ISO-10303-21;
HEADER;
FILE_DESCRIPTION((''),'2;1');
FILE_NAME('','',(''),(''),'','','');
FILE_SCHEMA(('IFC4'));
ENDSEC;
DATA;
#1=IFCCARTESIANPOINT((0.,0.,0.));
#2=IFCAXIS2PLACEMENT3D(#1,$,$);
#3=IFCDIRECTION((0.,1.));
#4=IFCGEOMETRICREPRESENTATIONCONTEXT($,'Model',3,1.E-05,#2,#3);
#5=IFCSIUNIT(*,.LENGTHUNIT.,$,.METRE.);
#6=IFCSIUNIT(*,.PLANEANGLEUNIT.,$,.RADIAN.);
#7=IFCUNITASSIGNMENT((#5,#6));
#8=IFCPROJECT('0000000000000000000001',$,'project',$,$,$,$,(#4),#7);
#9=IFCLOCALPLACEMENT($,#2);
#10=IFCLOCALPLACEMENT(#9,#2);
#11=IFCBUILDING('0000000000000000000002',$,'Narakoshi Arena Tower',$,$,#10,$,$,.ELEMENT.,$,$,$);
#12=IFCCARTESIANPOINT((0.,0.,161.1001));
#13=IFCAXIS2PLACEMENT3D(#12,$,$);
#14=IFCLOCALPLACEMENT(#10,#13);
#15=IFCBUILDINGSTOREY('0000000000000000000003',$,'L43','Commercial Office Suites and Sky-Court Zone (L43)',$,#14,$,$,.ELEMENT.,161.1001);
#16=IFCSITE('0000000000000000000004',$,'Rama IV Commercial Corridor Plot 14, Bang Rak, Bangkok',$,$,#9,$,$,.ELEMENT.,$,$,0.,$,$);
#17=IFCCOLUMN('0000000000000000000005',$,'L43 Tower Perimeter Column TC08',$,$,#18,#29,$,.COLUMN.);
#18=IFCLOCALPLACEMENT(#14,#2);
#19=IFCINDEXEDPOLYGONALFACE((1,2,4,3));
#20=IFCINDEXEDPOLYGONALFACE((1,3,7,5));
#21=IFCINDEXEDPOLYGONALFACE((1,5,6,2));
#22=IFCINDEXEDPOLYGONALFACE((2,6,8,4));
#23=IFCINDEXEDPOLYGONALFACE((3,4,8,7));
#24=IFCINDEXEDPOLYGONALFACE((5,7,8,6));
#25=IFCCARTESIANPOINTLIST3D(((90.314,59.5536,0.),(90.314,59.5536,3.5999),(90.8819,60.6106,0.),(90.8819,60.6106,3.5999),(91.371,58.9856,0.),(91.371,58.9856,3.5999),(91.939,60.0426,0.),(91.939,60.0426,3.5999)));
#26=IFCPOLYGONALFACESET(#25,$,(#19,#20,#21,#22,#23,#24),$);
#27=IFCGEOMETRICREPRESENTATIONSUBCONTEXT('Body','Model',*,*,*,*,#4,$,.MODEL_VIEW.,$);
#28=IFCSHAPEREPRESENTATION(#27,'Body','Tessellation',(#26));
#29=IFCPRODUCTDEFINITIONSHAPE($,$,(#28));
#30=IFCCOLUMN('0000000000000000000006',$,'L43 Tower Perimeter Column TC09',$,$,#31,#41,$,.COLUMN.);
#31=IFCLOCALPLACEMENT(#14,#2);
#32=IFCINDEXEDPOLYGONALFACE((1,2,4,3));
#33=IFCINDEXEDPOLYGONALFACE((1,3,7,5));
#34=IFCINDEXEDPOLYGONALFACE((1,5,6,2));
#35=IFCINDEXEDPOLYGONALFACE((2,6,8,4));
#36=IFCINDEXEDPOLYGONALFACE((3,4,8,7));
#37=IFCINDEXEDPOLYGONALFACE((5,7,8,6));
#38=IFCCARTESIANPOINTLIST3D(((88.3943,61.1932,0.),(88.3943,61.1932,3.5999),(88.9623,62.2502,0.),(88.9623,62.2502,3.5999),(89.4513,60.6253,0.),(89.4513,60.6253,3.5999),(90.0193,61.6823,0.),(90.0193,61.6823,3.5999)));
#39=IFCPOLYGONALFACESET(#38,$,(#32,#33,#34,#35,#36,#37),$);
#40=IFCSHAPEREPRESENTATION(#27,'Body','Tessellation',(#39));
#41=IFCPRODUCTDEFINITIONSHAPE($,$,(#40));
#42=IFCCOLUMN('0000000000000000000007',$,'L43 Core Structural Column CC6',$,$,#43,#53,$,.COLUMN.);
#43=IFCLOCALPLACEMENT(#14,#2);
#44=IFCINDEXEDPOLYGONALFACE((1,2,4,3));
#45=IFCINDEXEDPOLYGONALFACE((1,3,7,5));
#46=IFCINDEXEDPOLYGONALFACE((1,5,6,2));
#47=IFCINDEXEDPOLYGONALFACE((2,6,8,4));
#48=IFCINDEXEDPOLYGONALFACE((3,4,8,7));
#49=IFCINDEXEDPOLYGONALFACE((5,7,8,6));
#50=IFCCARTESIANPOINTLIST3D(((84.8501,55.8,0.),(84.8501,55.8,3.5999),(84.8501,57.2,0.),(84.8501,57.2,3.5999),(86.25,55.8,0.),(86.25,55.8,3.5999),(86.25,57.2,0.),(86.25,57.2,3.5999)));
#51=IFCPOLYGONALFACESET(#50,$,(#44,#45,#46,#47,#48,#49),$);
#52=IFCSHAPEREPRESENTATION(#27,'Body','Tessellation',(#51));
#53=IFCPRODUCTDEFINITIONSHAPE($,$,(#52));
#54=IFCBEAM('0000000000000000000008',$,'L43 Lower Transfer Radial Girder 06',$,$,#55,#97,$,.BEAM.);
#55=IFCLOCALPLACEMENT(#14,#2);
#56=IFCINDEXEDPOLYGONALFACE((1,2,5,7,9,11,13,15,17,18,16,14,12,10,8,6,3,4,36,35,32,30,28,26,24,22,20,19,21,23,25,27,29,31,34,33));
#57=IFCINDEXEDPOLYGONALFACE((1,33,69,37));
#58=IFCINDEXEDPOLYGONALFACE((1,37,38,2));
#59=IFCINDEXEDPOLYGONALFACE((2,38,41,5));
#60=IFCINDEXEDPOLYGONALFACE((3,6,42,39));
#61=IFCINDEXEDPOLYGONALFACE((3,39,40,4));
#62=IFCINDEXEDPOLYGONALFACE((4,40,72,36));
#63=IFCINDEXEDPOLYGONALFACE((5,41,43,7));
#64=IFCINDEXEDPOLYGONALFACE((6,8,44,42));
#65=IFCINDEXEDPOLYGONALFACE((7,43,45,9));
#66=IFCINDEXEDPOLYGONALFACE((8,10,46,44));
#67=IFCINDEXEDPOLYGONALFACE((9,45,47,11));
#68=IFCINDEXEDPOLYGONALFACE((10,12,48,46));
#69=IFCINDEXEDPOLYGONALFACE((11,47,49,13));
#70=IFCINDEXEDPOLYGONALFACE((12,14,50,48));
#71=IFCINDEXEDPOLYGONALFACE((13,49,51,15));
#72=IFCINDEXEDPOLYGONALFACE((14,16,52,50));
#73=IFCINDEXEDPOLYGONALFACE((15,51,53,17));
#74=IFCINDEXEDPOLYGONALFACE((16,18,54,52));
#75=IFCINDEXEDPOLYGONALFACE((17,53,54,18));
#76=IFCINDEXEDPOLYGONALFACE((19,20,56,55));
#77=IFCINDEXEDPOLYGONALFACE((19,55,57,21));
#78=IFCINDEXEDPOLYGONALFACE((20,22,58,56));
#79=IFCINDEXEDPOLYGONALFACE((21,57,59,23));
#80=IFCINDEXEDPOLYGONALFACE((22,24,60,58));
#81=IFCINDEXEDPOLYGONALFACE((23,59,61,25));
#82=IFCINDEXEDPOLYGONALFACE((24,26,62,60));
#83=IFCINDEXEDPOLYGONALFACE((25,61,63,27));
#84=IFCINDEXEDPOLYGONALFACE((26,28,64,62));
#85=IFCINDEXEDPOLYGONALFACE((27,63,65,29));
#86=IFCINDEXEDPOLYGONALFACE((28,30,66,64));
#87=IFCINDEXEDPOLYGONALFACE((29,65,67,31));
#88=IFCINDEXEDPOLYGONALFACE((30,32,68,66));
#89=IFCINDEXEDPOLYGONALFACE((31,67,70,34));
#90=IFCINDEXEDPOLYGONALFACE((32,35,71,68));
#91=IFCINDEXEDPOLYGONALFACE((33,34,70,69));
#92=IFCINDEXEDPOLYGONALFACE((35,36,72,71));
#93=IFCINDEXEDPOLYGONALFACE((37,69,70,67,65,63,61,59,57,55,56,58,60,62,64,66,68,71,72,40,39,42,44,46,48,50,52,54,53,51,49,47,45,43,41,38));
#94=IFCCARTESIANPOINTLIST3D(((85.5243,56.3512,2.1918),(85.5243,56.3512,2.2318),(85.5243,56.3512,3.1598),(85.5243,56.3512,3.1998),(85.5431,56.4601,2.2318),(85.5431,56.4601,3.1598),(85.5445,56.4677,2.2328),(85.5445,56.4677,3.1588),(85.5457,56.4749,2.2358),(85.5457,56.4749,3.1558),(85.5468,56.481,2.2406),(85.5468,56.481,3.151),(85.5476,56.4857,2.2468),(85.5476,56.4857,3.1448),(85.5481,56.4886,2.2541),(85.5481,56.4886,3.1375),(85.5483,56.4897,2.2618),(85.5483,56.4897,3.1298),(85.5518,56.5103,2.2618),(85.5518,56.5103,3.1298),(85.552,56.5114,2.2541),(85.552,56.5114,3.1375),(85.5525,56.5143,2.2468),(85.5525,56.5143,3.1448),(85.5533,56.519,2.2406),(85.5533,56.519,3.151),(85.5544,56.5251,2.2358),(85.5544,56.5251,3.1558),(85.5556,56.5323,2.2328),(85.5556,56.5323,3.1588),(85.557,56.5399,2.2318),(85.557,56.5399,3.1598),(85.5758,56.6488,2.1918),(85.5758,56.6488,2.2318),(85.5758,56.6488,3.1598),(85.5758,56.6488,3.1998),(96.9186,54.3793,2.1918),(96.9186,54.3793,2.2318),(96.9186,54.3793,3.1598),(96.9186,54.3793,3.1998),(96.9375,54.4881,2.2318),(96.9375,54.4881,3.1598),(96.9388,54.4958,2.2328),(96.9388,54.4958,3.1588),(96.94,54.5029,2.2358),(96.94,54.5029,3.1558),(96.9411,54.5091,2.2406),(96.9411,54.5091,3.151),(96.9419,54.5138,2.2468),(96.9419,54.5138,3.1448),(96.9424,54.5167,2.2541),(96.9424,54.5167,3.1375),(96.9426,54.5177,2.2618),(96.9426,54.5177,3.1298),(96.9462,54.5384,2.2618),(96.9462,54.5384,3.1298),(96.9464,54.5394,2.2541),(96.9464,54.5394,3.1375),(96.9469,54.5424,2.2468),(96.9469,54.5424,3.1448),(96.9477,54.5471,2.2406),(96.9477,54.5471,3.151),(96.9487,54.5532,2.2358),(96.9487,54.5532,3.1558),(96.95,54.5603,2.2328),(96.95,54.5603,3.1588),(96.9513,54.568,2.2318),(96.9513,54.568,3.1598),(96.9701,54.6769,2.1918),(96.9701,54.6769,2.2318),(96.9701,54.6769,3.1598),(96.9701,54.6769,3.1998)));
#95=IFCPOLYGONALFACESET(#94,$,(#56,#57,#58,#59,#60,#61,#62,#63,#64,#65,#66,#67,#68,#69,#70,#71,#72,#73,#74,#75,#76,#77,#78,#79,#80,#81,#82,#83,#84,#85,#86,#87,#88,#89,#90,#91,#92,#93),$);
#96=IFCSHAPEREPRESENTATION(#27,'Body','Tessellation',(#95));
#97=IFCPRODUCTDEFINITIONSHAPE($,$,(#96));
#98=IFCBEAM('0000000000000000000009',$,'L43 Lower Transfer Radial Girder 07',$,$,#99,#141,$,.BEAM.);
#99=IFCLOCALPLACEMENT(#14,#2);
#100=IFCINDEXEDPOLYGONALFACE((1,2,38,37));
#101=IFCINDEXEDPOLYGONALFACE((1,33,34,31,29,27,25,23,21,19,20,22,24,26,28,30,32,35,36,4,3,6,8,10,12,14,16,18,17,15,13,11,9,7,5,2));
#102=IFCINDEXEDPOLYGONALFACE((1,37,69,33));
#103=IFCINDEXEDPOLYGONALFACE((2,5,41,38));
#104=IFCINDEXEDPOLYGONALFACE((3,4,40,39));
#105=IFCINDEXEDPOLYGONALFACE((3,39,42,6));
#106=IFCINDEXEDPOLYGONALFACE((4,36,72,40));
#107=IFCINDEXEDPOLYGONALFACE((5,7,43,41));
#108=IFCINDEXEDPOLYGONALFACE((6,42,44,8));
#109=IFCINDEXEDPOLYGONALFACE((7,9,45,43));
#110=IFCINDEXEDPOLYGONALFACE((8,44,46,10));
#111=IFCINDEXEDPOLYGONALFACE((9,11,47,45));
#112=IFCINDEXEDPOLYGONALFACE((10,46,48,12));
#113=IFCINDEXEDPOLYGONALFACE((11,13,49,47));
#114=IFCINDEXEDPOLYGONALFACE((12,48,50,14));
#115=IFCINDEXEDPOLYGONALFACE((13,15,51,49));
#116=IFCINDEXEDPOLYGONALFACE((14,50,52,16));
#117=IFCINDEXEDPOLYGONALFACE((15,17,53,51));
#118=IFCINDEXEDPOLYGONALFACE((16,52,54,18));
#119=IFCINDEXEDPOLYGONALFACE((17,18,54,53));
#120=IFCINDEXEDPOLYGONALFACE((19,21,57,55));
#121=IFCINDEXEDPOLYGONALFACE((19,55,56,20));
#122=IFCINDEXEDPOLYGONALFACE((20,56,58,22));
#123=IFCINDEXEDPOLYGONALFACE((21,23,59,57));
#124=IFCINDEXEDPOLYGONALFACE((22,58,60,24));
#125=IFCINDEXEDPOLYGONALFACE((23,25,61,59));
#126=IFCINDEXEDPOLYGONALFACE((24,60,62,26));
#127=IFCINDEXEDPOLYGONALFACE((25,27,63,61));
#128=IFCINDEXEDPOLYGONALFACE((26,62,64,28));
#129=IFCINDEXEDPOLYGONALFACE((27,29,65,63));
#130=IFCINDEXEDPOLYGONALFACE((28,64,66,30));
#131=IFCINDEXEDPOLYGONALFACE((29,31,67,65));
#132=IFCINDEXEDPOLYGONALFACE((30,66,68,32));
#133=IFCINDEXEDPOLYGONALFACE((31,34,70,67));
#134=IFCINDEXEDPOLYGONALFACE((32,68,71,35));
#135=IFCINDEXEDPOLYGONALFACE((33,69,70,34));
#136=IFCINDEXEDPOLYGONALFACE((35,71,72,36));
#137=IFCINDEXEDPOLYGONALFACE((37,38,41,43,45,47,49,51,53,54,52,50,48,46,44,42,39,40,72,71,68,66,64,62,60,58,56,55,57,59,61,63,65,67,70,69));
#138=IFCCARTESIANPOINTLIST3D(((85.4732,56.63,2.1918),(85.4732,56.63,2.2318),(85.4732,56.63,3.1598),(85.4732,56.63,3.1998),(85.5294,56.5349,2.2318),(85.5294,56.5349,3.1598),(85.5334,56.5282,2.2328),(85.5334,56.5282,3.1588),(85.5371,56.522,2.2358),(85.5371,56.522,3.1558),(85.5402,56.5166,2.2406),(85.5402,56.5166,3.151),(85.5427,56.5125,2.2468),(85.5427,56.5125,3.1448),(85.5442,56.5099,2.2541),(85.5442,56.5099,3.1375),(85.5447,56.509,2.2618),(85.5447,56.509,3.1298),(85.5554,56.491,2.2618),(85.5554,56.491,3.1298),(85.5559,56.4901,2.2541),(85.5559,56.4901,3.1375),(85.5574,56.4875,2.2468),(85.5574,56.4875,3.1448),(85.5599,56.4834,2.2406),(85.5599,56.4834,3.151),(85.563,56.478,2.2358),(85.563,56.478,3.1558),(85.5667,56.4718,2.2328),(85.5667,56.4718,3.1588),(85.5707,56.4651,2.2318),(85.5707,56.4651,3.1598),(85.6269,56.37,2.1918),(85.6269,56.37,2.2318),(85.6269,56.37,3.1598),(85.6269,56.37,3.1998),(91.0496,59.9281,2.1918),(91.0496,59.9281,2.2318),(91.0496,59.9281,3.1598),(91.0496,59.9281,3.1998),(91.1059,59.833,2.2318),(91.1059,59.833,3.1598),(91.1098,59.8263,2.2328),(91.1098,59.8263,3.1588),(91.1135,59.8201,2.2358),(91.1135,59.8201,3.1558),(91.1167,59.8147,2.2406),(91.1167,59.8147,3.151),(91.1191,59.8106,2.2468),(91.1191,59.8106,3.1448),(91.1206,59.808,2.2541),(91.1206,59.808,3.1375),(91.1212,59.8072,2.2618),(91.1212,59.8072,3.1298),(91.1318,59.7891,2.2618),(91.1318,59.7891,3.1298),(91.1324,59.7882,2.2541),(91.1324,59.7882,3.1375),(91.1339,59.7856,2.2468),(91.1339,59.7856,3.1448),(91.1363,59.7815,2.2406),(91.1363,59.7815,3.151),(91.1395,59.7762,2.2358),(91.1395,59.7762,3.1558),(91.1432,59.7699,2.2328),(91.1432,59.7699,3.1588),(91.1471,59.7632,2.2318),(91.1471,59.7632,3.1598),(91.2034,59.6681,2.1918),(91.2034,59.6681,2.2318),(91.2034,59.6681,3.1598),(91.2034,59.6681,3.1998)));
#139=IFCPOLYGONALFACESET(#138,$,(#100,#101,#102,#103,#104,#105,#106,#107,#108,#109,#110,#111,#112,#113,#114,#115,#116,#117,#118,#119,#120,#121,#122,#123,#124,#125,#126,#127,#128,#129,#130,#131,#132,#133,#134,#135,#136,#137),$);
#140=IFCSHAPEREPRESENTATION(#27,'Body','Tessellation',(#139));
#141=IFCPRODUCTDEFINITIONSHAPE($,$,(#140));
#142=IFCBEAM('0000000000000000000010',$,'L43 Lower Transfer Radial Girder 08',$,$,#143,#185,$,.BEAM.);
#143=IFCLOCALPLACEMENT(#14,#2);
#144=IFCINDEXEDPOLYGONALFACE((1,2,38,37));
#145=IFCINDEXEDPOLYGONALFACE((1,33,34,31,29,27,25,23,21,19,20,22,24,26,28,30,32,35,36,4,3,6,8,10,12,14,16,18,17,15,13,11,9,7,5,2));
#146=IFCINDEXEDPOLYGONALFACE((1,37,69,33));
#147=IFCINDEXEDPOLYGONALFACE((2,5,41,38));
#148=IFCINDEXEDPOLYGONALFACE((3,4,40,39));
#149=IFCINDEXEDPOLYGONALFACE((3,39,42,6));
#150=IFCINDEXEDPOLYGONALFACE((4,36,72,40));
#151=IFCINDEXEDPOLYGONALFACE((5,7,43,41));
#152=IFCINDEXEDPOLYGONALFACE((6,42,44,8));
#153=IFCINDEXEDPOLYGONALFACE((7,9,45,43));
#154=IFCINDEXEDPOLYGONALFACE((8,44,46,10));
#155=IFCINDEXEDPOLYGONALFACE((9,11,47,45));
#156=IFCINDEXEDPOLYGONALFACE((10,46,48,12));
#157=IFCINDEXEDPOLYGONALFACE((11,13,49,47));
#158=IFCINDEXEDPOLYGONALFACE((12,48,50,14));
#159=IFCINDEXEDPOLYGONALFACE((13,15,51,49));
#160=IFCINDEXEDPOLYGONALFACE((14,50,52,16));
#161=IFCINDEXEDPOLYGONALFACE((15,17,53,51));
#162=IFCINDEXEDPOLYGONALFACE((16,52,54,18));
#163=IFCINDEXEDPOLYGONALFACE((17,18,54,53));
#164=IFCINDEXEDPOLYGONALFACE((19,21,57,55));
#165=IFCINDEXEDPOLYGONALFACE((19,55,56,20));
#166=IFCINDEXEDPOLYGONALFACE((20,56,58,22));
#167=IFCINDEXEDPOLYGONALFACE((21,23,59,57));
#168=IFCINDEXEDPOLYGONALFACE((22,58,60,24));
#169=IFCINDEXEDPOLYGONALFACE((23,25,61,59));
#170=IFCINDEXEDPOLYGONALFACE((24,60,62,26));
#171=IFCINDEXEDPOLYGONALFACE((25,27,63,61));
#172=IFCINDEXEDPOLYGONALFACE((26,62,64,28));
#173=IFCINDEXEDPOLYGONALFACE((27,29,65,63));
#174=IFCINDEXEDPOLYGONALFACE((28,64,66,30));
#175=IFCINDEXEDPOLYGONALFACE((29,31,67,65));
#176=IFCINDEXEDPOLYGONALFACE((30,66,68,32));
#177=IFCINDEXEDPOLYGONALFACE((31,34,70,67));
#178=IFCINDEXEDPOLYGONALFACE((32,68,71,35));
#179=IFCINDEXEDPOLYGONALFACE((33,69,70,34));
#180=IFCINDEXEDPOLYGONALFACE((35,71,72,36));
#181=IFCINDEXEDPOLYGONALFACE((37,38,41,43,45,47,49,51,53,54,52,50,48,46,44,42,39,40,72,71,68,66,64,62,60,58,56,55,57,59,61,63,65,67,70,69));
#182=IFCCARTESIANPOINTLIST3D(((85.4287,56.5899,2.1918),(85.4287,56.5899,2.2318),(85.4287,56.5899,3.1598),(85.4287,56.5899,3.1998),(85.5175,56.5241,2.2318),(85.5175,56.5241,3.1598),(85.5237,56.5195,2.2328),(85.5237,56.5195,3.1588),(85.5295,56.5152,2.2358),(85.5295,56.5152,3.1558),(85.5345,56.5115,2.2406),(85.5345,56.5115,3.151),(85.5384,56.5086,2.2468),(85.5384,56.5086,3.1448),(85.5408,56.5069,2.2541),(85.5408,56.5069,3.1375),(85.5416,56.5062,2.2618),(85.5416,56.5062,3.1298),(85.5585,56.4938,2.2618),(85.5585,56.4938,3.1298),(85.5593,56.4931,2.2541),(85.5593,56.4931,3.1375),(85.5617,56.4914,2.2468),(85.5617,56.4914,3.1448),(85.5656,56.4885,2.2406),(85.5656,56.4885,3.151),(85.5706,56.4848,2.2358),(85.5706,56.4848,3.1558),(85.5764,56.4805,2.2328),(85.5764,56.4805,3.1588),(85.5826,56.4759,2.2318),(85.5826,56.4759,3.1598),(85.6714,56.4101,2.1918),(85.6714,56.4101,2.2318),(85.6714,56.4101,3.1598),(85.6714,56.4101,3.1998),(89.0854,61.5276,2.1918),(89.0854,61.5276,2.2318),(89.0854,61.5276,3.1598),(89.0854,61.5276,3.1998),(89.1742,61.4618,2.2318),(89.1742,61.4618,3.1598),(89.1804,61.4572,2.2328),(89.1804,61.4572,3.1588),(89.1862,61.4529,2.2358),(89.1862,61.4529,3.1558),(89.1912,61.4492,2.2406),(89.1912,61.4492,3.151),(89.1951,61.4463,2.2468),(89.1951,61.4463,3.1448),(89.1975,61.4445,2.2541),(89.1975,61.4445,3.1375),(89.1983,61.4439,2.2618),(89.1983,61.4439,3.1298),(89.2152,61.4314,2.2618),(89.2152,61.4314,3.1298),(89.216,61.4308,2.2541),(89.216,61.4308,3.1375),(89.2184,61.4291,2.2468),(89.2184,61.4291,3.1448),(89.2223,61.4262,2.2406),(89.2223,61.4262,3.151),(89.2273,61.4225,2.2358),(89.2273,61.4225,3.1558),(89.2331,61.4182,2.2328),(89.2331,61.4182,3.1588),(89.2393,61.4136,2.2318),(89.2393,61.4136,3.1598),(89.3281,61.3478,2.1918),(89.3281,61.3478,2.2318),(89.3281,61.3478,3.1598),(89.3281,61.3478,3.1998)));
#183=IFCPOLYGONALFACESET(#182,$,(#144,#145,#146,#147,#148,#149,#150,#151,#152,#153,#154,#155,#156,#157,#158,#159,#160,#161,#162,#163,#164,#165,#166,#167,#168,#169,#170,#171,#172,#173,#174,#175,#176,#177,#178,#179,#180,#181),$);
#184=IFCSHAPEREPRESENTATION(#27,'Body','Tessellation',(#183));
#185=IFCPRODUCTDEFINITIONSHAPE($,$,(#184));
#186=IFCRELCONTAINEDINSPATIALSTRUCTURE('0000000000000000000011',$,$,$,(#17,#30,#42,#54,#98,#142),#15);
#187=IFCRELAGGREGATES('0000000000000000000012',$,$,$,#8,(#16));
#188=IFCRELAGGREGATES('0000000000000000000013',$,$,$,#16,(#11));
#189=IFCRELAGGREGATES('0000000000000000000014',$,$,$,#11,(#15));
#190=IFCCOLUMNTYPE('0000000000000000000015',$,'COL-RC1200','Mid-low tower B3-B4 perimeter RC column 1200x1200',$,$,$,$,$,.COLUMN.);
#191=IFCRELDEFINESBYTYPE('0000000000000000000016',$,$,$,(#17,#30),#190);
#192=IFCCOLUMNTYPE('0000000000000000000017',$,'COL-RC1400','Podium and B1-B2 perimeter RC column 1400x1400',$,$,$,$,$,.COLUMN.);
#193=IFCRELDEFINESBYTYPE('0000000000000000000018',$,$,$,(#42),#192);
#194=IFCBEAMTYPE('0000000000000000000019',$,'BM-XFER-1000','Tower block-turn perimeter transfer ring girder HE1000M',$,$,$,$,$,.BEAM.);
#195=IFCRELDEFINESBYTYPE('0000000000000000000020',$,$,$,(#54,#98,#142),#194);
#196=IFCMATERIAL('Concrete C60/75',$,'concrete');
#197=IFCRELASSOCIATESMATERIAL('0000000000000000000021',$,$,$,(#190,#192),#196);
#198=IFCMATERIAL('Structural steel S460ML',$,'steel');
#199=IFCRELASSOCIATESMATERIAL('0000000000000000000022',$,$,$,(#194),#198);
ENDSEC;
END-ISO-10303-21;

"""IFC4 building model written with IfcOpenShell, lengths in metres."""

from ifc_helpers import new_model, si_unit, direction, frame, origin, origin_2d, place, context, subcontext, project, spatial, rectangle, i_section, extrude, material, material_profile, profile_set, type_object, element, save


model = new_model("IFC4")

# Units and contexts
model_context = context("Model", 3, precision=1e-05, world=origin(), true_north=direction((0.0, 1.0)))
body_context = subcontext(model_context, "Body", "Model", "MODEL_VIEW")
ifc_project = project(units=[si_unit("LENGTHUNIT", "METRE"), si_unit("PLANEANGLEUNIT", "RADIAN")], contexts=[model_context])

# Site, building, storey
site_placement = place(None, origin())
site = spatial("IfcSite", under=ifc_project, at=site_placement, Name="Rama IV Commercial Corridor Plot 14, Bang Rak, Bangkok", CompositionType="ELEMENT", RefElevation=0.0)
building_placement = place(site_placement, origin())
building = spatial("IfcBuilding", under=site, at=building_placement, Name="Narakoshi Arena Tower", CompositionType="ELEMENT")
storey_placement = place(building_placement, frame((0.0, 0.0, 161.1001)))
storey = spatial("IfcBuildingStorey", under=building, at=storey_placement, Name="L43", Description="Commercial Office Suites and Sky-Court Zone (L43)", CompositionType="ELEMENT", Elevation=161.1001)

# Columns
ifc_material_1 = material(Name="Concrete C60/75", Category="concrete")
ifc_material_profile_1 = material_profile(ifc_material_1, rectangle(XDim=1.2, YDim=1.2, at=origin_2d()), Name="RC1200x1200")
ifc_profile_set_1 = profile_set([ifc_material_profile_1], Name="Concrete C60/75")
column_type_1 = type_object("IfcColumnType", Name="COL-RC1200", Description="Mid-low tower B3-B4 perimeter RC column 1200x1200", PredefinedType="COLUMN", material=ifc_profile_set_1)
for number, where, z_axis, x_axis, name in (
    (1, (91.1265, 59.7981, 0.0), (0.0, 0.0, 1.0), (0.47332, 0.880891, 0.0), "L43 Tower Perimeter Column TC08"),
    (2, (89.2068, 61.4377, 0.0), (0.0, 0.0, 1.0), (0.47332, 0.880891, 0.0), "L43 Tower Perimeter Column TC09"),
):
    element("IfcColumn", number, at=place(storey_placement, frame(where, z_axis=z_axis, x_axis=x_axis)), inside=storey, type_object=column_type_1, Name=name, PredefinedType="COLUMN", context=body_context, shape_type="SweptSolid", body=[
        extrude(rectangle(XDim=1.2, YDim=1.2, at=origin_2d()), origin(), (0.0, 0.0, 1.0), 3.5999),
    ])
ifc_material_profile_2 = material_profile(ifc_material_1, rectangle(XDim=1.3999, YDim=1.3999, at=origin_2d()), Name="RC1400x1400")
ifc_profile_set_2 = profile_set([ifc_material_profile_2], Name="Concrete C60/75")
column_type_2 = type_object("IfcColumnType", Name="COL-RC1400", Description="Podium and B1-B2 perimeter RC column 1400x1400", PredefinedType="COLUMN", material=ifc_profile_set_2)
column_placement = place(storey_placement, frame((85.55, 56.5, 0.0), z_axis=(0.0, 0.0, 1.0), x_axis=(1.0, 0.0, 0.0)))
element("IfcColumn", 3, at=column_placement, inside=storey, type_object=column_type_2, Name="L43 Core Structural Column CC6", PredefinedType="COLUMN", context=body_context, shape_type="SweptSolid", body=[
    extrude(rectangle(XDim=1.3999, YDim=1.3999, at=origin_2d()), origin(), (0.0, 0.0, 1.0), 3.5999),
])

# Beams
ifc_material_2 = material(Name="Structural steel S460ML", Category="steel")
ifc_material_profile_3 = material_profile(ifc_material_2, i_section(OverallWidth=0.302, OverallDepth=1.0081, WebThickness=0.021, FlangeThickness=0.04, FilletRadius=0.03, at=origin_2d()), Name="HE1000M")
ifc_profile_set_3 = profile_set([ifc_material_profile_3], Name="Structural steel S460ML")
beam_type = type_object("IfcBeamType", Name="BM-XFER-1000", Description="Tower block-turn perimeter transfer ring girder HE1000M", PredefinedType="BEAM", material=ifc_profile_set_3)
beam_1_placement = place(storey_placement, frame((85.55, 56.5, 2.6958), z_axis=(0.985353, -0.170528, 0.0), x_axis=(0.170528, 0.985353, 0.0)))
element("IfcBeam", 4, at=beam_1_placement, inside=storey, type_object=beam_type, Name="L43 Lower Transfer Radial Girder 06", PredefinedType="BEAM", context=body_context, shape_type="SweptSolid", body=[
    extrude(i_section(OverallWidth=0.302, OverallDepth=1.0081, WebThickness=0.021, FlangeThickness=0.04, FilletRadius=0.03, at=origin_2d()), origin(), (0.0, 0.0, 1.0), 11.5637),
])
beam_2_placement = place(storey_placement, frame((85.55, 56.5, 2.6958), z_axis=(0.860728, 0.509066, 0.0), x_axis=(-0.509066, 0.860728, 0.0)))
element("IfcBeam", 5, at=beam_2_placement, inside=storey, type_object=beam_type, Name="L43 Lower Transfer Radial Girder 07", PredefinedType="BEAM", context=body_context, shape_type="SweptSolid", body=[
    extrude(i_section(OverallWidth=0.302, OverallDepth=1.0081, WebThickness=0.021, FlangeThickness=0.04, FilletRadius=0.03, at=origin_2d()), origin(), (0.0, 0.0, 1.0), 6.4788),
])
beam_3_placement = place(storey_placement, frame((85.55, 56.5, 2.6958), z_axis=(0.595138, 0.803623, 0.0), x_axis=(-0.803623, 0.595138, 0.0)))
element("IfcBeam", 6, at=beam_3_placement, inside=storey, type_object=beam_type, Name="L43 Lower Transfer Radial Girder 08", PredefinedType="BEAM", context=body_context, shape_type="SweptSolid", body=[
    extrude(i_section(OverallWidth=0.302, OverallDepth=1.0081, WebThickness=0.021, FlangeThickness=0.04, FilletRadius=0.03, at=origin_2d()), origin(), (0.0, 0.0, 1.0), 6.1443),
])

save(model, "model.ifc")
